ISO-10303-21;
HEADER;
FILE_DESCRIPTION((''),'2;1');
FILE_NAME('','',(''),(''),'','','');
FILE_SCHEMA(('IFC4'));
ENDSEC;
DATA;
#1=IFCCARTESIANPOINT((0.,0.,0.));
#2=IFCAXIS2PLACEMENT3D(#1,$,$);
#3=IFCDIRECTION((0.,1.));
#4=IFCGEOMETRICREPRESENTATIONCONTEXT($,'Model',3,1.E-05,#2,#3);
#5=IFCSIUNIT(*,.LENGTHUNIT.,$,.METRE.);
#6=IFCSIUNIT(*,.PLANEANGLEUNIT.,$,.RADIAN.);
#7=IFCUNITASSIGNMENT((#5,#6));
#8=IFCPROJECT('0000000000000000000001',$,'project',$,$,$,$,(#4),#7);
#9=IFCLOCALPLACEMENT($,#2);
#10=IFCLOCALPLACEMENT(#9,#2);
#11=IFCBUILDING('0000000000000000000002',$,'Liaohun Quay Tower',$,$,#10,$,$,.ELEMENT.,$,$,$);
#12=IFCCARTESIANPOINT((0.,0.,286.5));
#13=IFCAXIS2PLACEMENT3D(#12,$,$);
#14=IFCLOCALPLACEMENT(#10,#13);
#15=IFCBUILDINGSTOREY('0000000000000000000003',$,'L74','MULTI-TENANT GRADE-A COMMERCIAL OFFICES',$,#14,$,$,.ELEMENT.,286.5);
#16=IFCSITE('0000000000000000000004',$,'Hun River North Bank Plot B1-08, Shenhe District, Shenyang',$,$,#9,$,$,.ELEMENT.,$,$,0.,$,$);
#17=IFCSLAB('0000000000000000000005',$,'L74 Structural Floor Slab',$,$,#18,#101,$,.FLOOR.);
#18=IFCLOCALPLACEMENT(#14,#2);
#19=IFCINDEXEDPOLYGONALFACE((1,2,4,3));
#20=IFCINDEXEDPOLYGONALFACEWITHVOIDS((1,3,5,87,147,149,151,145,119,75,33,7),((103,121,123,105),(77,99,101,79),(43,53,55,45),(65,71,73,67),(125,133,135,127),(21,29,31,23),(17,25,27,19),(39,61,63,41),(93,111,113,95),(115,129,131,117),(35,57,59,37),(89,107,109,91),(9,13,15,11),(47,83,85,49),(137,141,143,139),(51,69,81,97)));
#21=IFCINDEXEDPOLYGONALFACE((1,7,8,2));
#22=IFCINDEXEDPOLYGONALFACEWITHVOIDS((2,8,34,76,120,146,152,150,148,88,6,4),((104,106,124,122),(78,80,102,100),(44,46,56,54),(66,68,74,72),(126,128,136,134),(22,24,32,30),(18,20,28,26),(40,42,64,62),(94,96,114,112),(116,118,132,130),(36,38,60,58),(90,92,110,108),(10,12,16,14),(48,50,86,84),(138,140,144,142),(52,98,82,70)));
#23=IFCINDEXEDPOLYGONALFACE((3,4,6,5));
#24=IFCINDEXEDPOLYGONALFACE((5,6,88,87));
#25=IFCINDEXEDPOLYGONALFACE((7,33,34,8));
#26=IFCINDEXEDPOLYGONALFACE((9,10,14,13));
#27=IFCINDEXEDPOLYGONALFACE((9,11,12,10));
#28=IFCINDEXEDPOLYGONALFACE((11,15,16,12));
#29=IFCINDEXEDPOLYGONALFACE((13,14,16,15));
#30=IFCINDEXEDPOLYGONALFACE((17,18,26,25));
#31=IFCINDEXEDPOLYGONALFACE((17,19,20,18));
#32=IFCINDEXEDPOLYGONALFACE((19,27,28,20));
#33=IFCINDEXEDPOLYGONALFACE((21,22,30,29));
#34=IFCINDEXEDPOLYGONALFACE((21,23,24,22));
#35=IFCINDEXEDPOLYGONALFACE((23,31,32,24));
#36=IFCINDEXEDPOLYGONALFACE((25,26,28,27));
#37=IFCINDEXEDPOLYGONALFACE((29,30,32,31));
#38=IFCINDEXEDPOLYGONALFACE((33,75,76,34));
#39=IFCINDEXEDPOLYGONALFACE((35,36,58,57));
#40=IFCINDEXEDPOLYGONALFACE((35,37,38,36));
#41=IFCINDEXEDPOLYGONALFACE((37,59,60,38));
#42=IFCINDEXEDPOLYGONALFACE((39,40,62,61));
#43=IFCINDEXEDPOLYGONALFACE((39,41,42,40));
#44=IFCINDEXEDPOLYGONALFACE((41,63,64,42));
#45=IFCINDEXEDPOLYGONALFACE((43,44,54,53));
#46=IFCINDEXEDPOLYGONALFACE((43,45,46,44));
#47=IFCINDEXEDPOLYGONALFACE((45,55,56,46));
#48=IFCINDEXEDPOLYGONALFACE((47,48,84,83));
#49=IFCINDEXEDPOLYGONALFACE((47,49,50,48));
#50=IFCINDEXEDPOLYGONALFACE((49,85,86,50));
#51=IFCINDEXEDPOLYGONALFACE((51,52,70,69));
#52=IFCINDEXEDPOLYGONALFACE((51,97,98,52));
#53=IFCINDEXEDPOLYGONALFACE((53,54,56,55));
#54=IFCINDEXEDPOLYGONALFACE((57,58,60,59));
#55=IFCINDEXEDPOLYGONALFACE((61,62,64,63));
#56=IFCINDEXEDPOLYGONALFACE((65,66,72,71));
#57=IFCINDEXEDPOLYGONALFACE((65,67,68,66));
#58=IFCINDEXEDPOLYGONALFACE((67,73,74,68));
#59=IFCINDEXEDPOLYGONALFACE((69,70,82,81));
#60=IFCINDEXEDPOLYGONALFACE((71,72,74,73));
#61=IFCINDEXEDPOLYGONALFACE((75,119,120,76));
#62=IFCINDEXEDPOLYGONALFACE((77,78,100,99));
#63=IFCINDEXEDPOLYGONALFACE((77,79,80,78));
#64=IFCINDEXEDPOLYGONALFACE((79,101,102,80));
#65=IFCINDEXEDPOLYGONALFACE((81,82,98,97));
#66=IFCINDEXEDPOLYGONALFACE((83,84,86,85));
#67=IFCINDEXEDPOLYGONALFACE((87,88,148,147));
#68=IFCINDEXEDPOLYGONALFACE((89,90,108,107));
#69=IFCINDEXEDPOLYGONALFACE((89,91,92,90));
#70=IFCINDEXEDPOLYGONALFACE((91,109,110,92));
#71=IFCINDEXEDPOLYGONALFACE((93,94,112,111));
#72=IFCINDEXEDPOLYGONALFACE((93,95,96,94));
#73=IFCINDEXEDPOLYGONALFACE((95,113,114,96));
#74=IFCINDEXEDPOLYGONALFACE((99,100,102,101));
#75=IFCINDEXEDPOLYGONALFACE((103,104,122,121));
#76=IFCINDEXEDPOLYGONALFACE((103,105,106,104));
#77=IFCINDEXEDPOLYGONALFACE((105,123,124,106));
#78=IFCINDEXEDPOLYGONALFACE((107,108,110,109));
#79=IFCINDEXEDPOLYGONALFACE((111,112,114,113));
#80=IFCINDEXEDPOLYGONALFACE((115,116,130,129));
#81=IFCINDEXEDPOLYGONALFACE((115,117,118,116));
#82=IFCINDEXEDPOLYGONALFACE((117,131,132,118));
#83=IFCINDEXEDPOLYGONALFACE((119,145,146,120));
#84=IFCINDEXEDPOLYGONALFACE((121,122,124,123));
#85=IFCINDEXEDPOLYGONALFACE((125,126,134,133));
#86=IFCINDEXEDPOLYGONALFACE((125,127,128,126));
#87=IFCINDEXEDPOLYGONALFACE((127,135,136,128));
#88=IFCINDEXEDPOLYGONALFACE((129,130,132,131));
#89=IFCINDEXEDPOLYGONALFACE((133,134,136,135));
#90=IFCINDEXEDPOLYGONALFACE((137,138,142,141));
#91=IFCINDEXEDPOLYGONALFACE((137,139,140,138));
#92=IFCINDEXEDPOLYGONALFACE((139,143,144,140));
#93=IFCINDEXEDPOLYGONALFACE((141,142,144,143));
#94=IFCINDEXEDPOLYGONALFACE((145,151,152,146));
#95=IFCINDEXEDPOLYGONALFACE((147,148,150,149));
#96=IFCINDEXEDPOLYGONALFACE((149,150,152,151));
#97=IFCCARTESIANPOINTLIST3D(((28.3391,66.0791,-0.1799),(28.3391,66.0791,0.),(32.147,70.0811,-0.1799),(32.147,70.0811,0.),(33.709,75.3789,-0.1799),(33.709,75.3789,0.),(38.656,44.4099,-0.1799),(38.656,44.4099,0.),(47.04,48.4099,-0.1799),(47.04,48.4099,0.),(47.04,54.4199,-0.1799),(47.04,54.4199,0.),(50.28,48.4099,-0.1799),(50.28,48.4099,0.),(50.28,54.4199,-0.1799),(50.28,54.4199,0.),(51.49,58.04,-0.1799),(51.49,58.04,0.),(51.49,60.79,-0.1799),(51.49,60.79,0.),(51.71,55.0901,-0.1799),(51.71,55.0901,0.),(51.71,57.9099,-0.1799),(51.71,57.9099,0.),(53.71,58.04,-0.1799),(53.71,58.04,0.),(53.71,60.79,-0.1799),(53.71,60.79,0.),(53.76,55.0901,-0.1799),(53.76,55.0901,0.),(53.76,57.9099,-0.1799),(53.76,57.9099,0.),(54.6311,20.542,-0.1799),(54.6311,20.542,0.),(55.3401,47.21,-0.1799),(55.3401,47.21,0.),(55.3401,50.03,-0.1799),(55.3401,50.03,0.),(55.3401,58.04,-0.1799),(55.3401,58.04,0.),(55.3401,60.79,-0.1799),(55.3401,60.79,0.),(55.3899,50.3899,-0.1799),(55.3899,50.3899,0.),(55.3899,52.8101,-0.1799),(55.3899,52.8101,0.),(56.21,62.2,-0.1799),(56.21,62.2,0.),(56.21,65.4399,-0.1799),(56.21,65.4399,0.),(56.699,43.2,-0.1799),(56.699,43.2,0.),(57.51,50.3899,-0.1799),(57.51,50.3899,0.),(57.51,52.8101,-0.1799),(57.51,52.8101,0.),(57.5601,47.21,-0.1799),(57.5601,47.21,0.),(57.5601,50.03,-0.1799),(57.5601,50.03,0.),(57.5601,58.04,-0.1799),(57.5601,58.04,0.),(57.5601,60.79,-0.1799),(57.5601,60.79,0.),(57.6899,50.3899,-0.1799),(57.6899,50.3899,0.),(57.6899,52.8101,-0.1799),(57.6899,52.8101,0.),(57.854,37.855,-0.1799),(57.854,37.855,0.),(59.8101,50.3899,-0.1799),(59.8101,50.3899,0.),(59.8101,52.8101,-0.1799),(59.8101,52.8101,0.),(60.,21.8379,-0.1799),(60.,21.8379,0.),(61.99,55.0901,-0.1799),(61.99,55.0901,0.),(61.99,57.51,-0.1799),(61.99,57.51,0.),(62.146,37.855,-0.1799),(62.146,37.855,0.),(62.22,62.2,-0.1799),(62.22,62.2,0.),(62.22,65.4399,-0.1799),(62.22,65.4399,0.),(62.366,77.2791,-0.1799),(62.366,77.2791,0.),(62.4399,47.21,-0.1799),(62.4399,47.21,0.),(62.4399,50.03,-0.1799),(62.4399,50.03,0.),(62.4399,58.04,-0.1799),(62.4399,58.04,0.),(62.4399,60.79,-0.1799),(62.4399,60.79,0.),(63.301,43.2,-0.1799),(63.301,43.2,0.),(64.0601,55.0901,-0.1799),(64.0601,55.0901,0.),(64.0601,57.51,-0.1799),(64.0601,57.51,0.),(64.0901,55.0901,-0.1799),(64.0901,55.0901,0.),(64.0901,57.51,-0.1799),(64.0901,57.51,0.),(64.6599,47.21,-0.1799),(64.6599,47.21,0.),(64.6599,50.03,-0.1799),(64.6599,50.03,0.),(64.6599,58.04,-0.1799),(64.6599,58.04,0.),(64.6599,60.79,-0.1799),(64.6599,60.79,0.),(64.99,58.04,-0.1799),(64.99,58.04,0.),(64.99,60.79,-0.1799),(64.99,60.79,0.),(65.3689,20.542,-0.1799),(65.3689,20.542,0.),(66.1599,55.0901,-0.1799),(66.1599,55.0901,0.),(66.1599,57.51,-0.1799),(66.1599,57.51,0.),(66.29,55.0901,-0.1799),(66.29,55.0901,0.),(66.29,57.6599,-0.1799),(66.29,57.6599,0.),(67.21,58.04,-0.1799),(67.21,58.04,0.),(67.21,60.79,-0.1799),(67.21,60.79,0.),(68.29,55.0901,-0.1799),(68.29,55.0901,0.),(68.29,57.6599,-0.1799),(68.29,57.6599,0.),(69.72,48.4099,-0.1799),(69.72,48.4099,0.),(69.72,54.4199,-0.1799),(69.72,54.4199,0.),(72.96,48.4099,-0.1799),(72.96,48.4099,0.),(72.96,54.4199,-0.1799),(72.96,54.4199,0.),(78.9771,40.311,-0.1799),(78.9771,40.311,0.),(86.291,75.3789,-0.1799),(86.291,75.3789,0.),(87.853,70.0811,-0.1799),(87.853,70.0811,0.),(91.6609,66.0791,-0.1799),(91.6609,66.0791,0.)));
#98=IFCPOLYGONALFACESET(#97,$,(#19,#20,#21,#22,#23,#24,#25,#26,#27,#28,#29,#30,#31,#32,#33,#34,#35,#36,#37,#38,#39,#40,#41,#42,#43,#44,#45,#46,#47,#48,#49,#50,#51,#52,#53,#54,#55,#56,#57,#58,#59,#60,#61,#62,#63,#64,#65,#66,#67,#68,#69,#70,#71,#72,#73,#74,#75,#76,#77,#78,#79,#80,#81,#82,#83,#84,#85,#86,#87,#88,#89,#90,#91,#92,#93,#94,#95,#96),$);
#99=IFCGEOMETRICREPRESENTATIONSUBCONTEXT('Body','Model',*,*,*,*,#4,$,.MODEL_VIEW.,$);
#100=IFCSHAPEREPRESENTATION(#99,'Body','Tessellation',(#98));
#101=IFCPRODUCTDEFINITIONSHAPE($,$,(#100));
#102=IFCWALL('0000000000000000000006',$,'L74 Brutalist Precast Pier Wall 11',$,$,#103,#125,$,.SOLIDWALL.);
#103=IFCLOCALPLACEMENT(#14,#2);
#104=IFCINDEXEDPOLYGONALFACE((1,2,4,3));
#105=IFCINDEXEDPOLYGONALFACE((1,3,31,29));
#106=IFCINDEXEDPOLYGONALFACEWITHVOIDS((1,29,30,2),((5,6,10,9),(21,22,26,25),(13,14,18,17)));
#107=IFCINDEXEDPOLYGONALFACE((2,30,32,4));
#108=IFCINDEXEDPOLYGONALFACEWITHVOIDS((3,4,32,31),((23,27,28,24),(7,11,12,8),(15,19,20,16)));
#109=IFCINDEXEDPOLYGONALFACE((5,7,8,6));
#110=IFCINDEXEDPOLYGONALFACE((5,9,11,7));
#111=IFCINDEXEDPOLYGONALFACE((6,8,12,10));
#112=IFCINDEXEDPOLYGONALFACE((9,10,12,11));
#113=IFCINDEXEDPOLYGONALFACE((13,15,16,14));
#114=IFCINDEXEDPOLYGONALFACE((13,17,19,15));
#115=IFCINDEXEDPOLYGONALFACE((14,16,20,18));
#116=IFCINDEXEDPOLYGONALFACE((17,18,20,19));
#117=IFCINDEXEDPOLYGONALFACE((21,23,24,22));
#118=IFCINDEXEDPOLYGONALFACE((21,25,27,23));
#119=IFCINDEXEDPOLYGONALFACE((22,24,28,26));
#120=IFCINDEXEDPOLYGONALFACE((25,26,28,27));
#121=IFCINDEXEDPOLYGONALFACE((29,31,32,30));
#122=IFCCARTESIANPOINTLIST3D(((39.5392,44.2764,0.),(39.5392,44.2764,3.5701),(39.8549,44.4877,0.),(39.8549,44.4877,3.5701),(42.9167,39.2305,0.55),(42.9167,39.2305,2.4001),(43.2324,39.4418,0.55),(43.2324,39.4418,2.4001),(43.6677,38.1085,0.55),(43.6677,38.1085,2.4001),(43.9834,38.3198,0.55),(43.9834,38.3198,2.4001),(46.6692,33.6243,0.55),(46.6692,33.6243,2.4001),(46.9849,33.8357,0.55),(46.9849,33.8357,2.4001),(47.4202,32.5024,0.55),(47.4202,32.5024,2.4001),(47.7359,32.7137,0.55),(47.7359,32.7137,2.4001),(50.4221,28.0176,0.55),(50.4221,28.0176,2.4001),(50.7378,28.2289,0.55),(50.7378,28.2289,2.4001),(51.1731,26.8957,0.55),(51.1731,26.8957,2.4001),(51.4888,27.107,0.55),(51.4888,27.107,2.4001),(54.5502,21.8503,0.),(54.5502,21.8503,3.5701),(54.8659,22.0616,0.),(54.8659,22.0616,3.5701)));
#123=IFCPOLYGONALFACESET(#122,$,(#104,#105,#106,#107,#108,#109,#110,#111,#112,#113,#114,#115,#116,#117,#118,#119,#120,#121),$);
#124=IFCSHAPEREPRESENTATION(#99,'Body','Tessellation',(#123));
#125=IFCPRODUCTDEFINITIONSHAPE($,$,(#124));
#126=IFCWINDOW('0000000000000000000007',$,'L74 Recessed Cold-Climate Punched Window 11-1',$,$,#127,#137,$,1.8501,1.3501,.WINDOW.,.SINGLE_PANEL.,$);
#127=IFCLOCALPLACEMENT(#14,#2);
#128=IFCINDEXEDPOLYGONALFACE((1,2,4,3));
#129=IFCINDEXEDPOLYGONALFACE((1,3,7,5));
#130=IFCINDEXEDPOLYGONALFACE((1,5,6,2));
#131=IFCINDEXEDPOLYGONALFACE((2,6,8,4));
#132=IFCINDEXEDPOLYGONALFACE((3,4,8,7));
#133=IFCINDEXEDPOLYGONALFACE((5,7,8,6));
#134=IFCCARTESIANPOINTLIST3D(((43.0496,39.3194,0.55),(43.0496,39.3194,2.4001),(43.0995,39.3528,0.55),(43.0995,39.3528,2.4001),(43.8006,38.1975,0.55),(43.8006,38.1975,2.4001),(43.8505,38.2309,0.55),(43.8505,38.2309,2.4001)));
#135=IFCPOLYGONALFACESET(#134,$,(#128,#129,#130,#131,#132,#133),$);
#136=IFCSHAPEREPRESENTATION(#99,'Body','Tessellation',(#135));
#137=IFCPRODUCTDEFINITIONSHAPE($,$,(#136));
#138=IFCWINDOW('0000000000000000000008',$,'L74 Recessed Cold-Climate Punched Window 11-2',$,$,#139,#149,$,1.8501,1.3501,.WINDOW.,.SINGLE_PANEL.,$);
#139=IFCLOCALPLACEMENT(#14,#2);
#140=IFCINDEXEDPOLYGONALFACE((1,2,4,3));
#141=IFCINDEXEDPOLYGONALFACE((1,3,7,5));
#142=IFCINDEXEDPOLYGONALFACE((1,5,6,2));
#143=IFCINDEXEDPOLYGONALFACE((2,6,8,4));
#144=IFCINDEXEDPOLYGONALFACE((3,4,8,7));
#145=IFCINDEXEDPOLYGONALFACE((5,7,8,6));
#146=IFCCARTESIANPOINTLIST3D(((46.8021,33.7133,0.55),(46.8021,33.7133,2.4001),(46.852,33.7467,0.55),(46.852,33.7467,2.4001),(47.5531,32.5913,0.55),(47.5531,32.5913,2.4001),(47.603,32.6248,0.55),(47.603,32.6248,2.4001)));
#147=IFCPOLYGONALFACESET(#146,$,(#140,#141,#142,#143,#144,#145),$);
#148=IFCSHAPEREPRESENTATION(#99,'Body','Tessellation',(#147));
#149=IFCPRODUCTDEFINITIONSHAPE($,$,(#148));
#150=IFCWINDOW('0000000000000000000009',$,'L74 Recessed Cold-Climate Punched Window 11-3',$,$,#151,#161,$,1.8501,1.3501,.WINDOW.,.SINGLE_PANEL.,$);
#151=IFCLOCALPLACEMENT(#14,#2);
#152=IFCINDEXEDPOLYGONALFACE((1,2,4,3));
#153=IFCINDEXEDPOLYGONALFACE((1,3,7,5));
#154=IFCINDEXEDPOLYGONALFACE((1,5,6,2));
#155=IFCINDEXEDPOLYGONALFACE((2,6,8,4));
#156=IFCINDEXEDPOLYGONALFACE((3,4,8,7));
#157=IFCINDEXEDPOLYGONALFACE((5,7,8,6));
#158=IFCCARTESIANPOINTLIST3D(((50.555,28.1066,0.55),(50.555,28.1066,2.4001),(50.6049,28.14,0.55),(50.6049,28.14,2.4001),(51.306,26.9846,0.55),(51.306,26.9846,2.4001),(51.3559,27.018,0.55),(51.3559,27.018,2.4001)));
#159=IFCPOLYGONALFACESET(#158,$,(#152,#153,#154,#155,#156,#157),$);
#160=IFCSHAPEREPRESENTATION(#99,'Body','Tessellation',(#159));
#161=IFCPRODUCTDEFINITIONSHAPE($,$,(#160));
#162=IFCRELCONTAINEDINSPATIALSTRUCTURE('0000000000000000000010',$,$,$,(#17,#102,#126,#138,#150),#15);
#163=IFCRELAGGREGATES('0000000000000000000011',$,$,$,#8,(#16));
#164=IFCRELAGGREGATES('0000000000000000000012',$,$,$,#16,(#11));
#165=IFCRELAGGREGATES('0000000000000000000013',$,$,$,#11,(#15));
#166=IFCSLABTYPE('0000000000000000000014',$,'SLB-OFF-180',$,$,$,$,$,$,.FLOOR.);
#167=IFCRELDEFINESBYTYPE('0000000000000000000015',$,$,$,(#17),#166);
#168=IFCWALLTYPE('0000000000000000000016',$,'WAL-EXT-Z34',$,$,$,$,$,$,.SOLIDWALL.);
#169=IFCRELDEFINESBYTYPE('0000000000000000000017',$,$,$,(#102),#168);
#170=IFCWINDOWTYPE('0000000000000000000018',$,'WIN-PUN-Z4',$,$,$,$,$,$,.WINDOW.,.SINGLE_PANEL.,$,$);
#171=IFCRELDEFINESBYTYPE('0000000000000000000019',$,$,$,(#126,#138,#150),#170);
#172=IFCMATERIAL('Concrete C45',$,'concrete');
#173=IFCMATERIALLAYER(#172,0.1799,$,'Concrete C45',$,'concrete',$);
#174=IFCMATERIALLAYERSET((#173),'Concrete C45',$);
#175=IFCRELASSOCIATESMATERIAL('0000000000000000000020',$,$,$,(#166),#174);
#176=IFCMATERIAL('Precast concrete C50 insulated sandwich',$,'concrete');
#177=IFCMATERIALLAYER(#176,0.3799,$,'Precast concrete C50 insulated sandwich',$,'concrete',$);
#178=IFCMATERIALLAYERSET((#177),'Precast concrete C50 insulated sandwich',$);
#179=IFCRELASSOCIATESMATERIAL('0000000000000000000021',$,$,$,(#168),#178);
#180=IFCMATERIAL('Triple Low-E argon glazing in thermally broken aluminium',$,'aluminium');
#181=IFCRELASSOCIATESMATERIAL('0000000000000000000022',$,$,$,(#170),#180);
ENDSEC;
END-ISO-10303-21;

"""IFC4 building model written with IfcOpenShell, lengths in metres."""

from ifc_helpers import new_model, si_unit, direction, frame, frame_2d, origin, place, context, subcontext, project, spatial, polyline, rectangle, outline, extrude, source, transform, mapped, material, layer, layer_set, type_object, element, fill, save


model = new_model("IFC4")

# Units and contexts
model_context = context("Model", 3, precision=1e-05, world=origin(), true_north=direction((0.0, 1.0)))
body_context = subcontext(model_context, "Body", "Model", "MODEL_VIEW")
ifc_project = project(units=[si_unit("LENGTHUNIT", "METRE"), si_unit("PLANEANGLEUNIT", "RADIAN")], contexts=[model_context])

# Site, building, storey
site_placement = place(None, origin())
site = spatial("IfcSite", under=ifc_project, at=site_placement, Name="Hun River North Bank Plot B1-08, Shenhe District, Shenyang", CompositionType="ELEMENT", RefElevation=0.0)
building_placement = place(site_placement, origin())
building = spatial("IfcBuilding", under=site, at=building_placement, Name="Liaohun Quay Tower", CompositionType="ELEMENT")
storey_placement = place(building_placement, frame((0.0, 0.0, 286.5)))
storey = spatial("IfcBuildingStorey", under=building, at=storey_placement, Name="L74", Description="MULTI-TENANT GRADE-A COMMERCIAL OFFICES", CompositionType="ELEMENT", Elevation=286.5)

# Shared definitions
ifc_material_1 = material(Name="Concrete C45", Category="concrete")

# Slab
ifc_layer_1 = layer(ifc_material_1, 0.1799, Name="Concrete C45", Category="concrete")
ifc_layer_set_1 = layer_set([ifc_layer_1], Name="Concrete C45")
slab_type_1 = type_object("IfcSlabType", Name="SLB-OFF-180", PredefinedType="FLOOR", material=ifc_layer_set_1)
slab_1_placement = place(storey_placement, frame((0.0, 0.0, -0.1799)))
element("IfcSlab", 1, at=slab_1_placement, inside=storey, type_object=slab_type_1, Name="L74 Structural Floor Slab", PredefinedType="FLOOR", context=body_context, shape_type="SweptSolid", body=[
    extrude(outline(polyline([(54.6311, 20.542), (60.0, 21.8379), (65.3689, 20.542), (78.9771, 40.311), (91.6609, 66.0791), (87.853, 70.0811), (86.291, 75.3789), (62.366, 77.2791), (33.709, 75.3789), (32.147, 70.0811), (28.3391, 66.0791), (38.656, 44.4099), (54.6311, 20.542)]), holes=[polyline([(57.5601, 47.21), (57.5601, 50.03), (55.3401, 50.03), (55.3401, 47.21), (57.5601, 47.21)]), polyline([(50.28, 54.4199), (47.04, 54.4199), (47.04, 48.4099), (50.28, 48.4099), (50.28, 54.4199)]), polyline([(57.51, 50.3899), (57.51, 52.8101), (55.3899, 52.8101), (55.3899, 50.3899), (57.51, 50.3899)]), polyline([(59.8101, 50.3899), (59.8101, 52.8101), (57.6899, 52.8101), (57.6899, 50.3899), (59.8101, 50.3899)]), polyline([(53.76, 55.0901), (53.76, 57.9099), (51.71, 57.9099), (51.71, 55.0901), (53.76, 55.0901)]), polyline([(53.71, 58.04), (53.71, 60.79), (51.49, 60.79), (51.49, 58.04), (53.71, 58.04)]), polyline([(57.5601, 58.04), (57.5601, 60.79), (55.3401, 60.79), (55.3401, 58.04), (57.5601, 58.04)]), polyline([(62.22, 62.2), (62.22, 65.4399), (56.21, 65.4399), (56.21, 62.2), (62.22, 62.2)]), polyline([(62.146, 37.855), (63.301, 43.2), (56.699, 43.2), (57.854, 37.855), (62.146, 37.855)]), polyline([(64.6599, 47.21), (64.6599, 50.03), (62.4399, 50.03), (62.4399, 47.21), (64.6599, 47.21)]), polyline([(72.96, 54.4199), (69.72, 54.4199), (69.72, 48.4099), (72.96, 48.4099), (72.96, 54.4199)]), polyline([(64.0601, 55.0901), (64.0601, 57.51), (61.99, 57.51), (61.99, 55.0901), (64.0601, 55.0901)]), polyline([(66.1599, 55.0901), (66.1599, 57.51), (64.0901, 57.51), (64.0901, 55.0901), (66.1599, 55.0901)]), polyline([(68.29, 55.0901), (68.29, 57.6599), (66.29, 57.6599), (66.29, 55.0901), (68.29, 55.0901)]), polyline([(64.6599, 58.04), (64.6599, 60.79), (62.4399, 60.79), (62.4399, 58.04), (64.6599, 58.04)]), polyline([(67.21, 58.04), (67.21, 60.79), (64.99, 60.79), (64.99, 58.04), (67.21, 58.04)])]), origin(), (0.0, 0.0, 1.0), 0.1799),
])

# Wall, openings, windows
ifc_material_2 = material(Name="Precast concrete C50 insulated sandwich", Category="concrete")
ifc_layer_2 = layer(ifc_material_2, 0.3799, Name="Precast concrete C50 insulated sandwich", Category="concrete")
ifc_layer_set_2 = layer_set([ifc_layer_2], Name="Precast concrete C50 insulated sandwich")
wall_type_1 = type_object("IfcWallType", Name="WAL-EXT-Z34", PredefinedType="SOLIDWALL", material=ifc_layer_set_2)
wall_1_placement = place(storey_placement, frame((39.697, 44.3821, 0.0), z_axis=(0.0, 0.0, 1.0), x_axis=(0.556246, -0.831018, 0.0)))
wall_1 = element("IfcWall", 2, at=wall_1_placement, inside=storey, type_object=wall_type_1, Name="L74 Brutalist Precast Pier Wall 11", PredefinedType="SOLIDWALL", context=body_context, shape_type="SweptSolid", body=[
    extrude(rectangle(XDim=26.9863, YDim=0.3799, at=frame_2d((13.4932, 0.0))), origin(), (0.0, 0.0, 1.0), 3.5701),
])
shared_shape_1 = source(origin(), body_context, "Body", "SweptSolid", [
    extrude(rectangle(XDim=1.3501, YDim=1.8501, at=frame_2d((0.675, 0.925))), frame((0.0, 0.2, 0.0), z_axis=(0.0, -1.0, 0.0), x_axis=(1.0, 0.0, 0.0)), (0.0, 0.0, 1.0), 0.3999),
])
opening_1_placement = place(wall_1_placement, frame((6.072, 0.0, 0.55)))
opening_1 = element("IfcOpeningElement", 3, at=opening_1_placement, cuts=wall_1, PredefinedType="OPENING", context=body_context, shape_type="MappedRepresentation", body=[
    mapped(shared_shape_1, transform((0.0, 0.0, 0.0), x_axis=(1.0, 0.0, 0.0), y_axis=(0.0, 1.0, 0.0), z_axis=(0.0, 0.0, 1.0), scale=1.0)),
])
opening_2_placement = place(wall_1_placement, frame((12.8181, 0.0, 0.55)))
opening_2 = element("IfcOpeningElement", 4, at=opening_2_placement, cuts=wall_1, PredefinedType="OPENING", context=body_context, shape_type="MappedRepresentation", body=[
    mapped(shared_shape_1, transform((0.0, 0.0, 0.0), x_axis=(1.0, 0.0, 0.0), y_axis=(0.0, 1.0, 0.0), z_axis=(0.0, 0.0, 1.0), scale=1.0)),
])
opening_3_placement = place(wall_1_placement, frame((19.5649, 0.0, 0.55)))
opening_3 = element("IfcOpeningElement", 5, at=opening_3_placement, cuts=wall_1, PredefinedType="OPENING", context=body_context, shape_type="MappedRepresentation", body=[
    mapped(shared_shape_1, transform((0.0, 0.0, 0.0), x_axis=(1.0, 0.0, 0.0), y_axis=(0.0, 1.0, 0.0), z_axis=(0.0, 0.0, 1.0), scale=1.0)),
])
ifc_material_3 = material(Name="Triple Low-E argon glazing in thermally broken aluminium", Category="aluminium")
window_type = type_object("IfcWindowType", Name="WIN-PUN-Z4", PartitioningType="SINGLE_PANEL", PredefinedType="WINDOW", material=ifc_material_3)
shared_shape_2 = source(origin(), body_context, "Body", "SweptSolid", [
    extrude(rectangle(XDim=1.3501, YDim=1.8501, at=frame_2d((0.675, 0.925))), frame((0.0, 0.03, 0.0), z_axis=(0.0, -1.0, 0.0), x_axis=(1.0, 0.0, 0.0)), (0.0, 0.0, 1.0), 0.0601),
])
window_1_placement = place(opening_1_placement, origin())
window_1 = element("IfcWindow", 6, at=window_1_placement, inside=storey, type_object=window_type, Name="L74 Recessed Cold-Climate Punched Window 11-1", OverallHeight=1.8501, OverallWidth=1.3501, PartitioningType="SINGLE_PANEL", PredefinedType="WINDOW", context=body_context, shape_type="MappedRepresentation", body=[
    mapped(shared_shape_2, transform((0.0, 0.0, 0.0), x_axis=(1.0, 0.0, 0.0), y_axis=(0.0, 1.0, 0.0), z_axis=(0.0, 0.0, 1.0), scale=1.0)),
])
fill(opening_1, window_1)
window_2_placement = place(opening_2_placement, origin())
window_2 = element("IfcWindow", 7, at=window_2_placement, inside=storey, type_object=window_type, Name="L74 Recessed Cold-Climate Punched Window 11-2", OverallHeight=1.8501, OverallWidth=1.3501, PartitioningType="SINGLE_PANEL", PredefinedType="WINDOW", context=body_context, shape_type="MappedRepresentation", body=[
    mapped(shared_shape_2, transform((0.0, 0.0, 0.0), x_axis=(1.0, 0.0, 0.0), y_axis=(0.0, 1.0, 0.0), z_axis=(0.0, 0.0, 1.0), scale=1.0)),
])
fill(opening_2, window_2)
window_3_placement = place(opening_3_placement, origin())
window_3 = element("IfcWindow", 8, at=window_3_placement, inside=storey, type_object=window_type, Name="L74 Recessed Cold-Climate Punched Window 11-3", OverallHeight=1.8501, OverallWidth=1.3501, PartitioningType="SINGLE_PANEL", PredefinedType="WINDOW", context=body_context, shape_type="MappedRepresentation", body=[
    mapped(shared_shape_2, transform((0.0, 0.0, 0.0), x_axis=(1.0, 0.0, 0.0), y_axis=(0.0, 1.0, 0.0), z_axis=(0.0, 0.0, 1.0), scale=1.0)),
])
fill(opening_3, window_3)

save(model, "model.ifc")
